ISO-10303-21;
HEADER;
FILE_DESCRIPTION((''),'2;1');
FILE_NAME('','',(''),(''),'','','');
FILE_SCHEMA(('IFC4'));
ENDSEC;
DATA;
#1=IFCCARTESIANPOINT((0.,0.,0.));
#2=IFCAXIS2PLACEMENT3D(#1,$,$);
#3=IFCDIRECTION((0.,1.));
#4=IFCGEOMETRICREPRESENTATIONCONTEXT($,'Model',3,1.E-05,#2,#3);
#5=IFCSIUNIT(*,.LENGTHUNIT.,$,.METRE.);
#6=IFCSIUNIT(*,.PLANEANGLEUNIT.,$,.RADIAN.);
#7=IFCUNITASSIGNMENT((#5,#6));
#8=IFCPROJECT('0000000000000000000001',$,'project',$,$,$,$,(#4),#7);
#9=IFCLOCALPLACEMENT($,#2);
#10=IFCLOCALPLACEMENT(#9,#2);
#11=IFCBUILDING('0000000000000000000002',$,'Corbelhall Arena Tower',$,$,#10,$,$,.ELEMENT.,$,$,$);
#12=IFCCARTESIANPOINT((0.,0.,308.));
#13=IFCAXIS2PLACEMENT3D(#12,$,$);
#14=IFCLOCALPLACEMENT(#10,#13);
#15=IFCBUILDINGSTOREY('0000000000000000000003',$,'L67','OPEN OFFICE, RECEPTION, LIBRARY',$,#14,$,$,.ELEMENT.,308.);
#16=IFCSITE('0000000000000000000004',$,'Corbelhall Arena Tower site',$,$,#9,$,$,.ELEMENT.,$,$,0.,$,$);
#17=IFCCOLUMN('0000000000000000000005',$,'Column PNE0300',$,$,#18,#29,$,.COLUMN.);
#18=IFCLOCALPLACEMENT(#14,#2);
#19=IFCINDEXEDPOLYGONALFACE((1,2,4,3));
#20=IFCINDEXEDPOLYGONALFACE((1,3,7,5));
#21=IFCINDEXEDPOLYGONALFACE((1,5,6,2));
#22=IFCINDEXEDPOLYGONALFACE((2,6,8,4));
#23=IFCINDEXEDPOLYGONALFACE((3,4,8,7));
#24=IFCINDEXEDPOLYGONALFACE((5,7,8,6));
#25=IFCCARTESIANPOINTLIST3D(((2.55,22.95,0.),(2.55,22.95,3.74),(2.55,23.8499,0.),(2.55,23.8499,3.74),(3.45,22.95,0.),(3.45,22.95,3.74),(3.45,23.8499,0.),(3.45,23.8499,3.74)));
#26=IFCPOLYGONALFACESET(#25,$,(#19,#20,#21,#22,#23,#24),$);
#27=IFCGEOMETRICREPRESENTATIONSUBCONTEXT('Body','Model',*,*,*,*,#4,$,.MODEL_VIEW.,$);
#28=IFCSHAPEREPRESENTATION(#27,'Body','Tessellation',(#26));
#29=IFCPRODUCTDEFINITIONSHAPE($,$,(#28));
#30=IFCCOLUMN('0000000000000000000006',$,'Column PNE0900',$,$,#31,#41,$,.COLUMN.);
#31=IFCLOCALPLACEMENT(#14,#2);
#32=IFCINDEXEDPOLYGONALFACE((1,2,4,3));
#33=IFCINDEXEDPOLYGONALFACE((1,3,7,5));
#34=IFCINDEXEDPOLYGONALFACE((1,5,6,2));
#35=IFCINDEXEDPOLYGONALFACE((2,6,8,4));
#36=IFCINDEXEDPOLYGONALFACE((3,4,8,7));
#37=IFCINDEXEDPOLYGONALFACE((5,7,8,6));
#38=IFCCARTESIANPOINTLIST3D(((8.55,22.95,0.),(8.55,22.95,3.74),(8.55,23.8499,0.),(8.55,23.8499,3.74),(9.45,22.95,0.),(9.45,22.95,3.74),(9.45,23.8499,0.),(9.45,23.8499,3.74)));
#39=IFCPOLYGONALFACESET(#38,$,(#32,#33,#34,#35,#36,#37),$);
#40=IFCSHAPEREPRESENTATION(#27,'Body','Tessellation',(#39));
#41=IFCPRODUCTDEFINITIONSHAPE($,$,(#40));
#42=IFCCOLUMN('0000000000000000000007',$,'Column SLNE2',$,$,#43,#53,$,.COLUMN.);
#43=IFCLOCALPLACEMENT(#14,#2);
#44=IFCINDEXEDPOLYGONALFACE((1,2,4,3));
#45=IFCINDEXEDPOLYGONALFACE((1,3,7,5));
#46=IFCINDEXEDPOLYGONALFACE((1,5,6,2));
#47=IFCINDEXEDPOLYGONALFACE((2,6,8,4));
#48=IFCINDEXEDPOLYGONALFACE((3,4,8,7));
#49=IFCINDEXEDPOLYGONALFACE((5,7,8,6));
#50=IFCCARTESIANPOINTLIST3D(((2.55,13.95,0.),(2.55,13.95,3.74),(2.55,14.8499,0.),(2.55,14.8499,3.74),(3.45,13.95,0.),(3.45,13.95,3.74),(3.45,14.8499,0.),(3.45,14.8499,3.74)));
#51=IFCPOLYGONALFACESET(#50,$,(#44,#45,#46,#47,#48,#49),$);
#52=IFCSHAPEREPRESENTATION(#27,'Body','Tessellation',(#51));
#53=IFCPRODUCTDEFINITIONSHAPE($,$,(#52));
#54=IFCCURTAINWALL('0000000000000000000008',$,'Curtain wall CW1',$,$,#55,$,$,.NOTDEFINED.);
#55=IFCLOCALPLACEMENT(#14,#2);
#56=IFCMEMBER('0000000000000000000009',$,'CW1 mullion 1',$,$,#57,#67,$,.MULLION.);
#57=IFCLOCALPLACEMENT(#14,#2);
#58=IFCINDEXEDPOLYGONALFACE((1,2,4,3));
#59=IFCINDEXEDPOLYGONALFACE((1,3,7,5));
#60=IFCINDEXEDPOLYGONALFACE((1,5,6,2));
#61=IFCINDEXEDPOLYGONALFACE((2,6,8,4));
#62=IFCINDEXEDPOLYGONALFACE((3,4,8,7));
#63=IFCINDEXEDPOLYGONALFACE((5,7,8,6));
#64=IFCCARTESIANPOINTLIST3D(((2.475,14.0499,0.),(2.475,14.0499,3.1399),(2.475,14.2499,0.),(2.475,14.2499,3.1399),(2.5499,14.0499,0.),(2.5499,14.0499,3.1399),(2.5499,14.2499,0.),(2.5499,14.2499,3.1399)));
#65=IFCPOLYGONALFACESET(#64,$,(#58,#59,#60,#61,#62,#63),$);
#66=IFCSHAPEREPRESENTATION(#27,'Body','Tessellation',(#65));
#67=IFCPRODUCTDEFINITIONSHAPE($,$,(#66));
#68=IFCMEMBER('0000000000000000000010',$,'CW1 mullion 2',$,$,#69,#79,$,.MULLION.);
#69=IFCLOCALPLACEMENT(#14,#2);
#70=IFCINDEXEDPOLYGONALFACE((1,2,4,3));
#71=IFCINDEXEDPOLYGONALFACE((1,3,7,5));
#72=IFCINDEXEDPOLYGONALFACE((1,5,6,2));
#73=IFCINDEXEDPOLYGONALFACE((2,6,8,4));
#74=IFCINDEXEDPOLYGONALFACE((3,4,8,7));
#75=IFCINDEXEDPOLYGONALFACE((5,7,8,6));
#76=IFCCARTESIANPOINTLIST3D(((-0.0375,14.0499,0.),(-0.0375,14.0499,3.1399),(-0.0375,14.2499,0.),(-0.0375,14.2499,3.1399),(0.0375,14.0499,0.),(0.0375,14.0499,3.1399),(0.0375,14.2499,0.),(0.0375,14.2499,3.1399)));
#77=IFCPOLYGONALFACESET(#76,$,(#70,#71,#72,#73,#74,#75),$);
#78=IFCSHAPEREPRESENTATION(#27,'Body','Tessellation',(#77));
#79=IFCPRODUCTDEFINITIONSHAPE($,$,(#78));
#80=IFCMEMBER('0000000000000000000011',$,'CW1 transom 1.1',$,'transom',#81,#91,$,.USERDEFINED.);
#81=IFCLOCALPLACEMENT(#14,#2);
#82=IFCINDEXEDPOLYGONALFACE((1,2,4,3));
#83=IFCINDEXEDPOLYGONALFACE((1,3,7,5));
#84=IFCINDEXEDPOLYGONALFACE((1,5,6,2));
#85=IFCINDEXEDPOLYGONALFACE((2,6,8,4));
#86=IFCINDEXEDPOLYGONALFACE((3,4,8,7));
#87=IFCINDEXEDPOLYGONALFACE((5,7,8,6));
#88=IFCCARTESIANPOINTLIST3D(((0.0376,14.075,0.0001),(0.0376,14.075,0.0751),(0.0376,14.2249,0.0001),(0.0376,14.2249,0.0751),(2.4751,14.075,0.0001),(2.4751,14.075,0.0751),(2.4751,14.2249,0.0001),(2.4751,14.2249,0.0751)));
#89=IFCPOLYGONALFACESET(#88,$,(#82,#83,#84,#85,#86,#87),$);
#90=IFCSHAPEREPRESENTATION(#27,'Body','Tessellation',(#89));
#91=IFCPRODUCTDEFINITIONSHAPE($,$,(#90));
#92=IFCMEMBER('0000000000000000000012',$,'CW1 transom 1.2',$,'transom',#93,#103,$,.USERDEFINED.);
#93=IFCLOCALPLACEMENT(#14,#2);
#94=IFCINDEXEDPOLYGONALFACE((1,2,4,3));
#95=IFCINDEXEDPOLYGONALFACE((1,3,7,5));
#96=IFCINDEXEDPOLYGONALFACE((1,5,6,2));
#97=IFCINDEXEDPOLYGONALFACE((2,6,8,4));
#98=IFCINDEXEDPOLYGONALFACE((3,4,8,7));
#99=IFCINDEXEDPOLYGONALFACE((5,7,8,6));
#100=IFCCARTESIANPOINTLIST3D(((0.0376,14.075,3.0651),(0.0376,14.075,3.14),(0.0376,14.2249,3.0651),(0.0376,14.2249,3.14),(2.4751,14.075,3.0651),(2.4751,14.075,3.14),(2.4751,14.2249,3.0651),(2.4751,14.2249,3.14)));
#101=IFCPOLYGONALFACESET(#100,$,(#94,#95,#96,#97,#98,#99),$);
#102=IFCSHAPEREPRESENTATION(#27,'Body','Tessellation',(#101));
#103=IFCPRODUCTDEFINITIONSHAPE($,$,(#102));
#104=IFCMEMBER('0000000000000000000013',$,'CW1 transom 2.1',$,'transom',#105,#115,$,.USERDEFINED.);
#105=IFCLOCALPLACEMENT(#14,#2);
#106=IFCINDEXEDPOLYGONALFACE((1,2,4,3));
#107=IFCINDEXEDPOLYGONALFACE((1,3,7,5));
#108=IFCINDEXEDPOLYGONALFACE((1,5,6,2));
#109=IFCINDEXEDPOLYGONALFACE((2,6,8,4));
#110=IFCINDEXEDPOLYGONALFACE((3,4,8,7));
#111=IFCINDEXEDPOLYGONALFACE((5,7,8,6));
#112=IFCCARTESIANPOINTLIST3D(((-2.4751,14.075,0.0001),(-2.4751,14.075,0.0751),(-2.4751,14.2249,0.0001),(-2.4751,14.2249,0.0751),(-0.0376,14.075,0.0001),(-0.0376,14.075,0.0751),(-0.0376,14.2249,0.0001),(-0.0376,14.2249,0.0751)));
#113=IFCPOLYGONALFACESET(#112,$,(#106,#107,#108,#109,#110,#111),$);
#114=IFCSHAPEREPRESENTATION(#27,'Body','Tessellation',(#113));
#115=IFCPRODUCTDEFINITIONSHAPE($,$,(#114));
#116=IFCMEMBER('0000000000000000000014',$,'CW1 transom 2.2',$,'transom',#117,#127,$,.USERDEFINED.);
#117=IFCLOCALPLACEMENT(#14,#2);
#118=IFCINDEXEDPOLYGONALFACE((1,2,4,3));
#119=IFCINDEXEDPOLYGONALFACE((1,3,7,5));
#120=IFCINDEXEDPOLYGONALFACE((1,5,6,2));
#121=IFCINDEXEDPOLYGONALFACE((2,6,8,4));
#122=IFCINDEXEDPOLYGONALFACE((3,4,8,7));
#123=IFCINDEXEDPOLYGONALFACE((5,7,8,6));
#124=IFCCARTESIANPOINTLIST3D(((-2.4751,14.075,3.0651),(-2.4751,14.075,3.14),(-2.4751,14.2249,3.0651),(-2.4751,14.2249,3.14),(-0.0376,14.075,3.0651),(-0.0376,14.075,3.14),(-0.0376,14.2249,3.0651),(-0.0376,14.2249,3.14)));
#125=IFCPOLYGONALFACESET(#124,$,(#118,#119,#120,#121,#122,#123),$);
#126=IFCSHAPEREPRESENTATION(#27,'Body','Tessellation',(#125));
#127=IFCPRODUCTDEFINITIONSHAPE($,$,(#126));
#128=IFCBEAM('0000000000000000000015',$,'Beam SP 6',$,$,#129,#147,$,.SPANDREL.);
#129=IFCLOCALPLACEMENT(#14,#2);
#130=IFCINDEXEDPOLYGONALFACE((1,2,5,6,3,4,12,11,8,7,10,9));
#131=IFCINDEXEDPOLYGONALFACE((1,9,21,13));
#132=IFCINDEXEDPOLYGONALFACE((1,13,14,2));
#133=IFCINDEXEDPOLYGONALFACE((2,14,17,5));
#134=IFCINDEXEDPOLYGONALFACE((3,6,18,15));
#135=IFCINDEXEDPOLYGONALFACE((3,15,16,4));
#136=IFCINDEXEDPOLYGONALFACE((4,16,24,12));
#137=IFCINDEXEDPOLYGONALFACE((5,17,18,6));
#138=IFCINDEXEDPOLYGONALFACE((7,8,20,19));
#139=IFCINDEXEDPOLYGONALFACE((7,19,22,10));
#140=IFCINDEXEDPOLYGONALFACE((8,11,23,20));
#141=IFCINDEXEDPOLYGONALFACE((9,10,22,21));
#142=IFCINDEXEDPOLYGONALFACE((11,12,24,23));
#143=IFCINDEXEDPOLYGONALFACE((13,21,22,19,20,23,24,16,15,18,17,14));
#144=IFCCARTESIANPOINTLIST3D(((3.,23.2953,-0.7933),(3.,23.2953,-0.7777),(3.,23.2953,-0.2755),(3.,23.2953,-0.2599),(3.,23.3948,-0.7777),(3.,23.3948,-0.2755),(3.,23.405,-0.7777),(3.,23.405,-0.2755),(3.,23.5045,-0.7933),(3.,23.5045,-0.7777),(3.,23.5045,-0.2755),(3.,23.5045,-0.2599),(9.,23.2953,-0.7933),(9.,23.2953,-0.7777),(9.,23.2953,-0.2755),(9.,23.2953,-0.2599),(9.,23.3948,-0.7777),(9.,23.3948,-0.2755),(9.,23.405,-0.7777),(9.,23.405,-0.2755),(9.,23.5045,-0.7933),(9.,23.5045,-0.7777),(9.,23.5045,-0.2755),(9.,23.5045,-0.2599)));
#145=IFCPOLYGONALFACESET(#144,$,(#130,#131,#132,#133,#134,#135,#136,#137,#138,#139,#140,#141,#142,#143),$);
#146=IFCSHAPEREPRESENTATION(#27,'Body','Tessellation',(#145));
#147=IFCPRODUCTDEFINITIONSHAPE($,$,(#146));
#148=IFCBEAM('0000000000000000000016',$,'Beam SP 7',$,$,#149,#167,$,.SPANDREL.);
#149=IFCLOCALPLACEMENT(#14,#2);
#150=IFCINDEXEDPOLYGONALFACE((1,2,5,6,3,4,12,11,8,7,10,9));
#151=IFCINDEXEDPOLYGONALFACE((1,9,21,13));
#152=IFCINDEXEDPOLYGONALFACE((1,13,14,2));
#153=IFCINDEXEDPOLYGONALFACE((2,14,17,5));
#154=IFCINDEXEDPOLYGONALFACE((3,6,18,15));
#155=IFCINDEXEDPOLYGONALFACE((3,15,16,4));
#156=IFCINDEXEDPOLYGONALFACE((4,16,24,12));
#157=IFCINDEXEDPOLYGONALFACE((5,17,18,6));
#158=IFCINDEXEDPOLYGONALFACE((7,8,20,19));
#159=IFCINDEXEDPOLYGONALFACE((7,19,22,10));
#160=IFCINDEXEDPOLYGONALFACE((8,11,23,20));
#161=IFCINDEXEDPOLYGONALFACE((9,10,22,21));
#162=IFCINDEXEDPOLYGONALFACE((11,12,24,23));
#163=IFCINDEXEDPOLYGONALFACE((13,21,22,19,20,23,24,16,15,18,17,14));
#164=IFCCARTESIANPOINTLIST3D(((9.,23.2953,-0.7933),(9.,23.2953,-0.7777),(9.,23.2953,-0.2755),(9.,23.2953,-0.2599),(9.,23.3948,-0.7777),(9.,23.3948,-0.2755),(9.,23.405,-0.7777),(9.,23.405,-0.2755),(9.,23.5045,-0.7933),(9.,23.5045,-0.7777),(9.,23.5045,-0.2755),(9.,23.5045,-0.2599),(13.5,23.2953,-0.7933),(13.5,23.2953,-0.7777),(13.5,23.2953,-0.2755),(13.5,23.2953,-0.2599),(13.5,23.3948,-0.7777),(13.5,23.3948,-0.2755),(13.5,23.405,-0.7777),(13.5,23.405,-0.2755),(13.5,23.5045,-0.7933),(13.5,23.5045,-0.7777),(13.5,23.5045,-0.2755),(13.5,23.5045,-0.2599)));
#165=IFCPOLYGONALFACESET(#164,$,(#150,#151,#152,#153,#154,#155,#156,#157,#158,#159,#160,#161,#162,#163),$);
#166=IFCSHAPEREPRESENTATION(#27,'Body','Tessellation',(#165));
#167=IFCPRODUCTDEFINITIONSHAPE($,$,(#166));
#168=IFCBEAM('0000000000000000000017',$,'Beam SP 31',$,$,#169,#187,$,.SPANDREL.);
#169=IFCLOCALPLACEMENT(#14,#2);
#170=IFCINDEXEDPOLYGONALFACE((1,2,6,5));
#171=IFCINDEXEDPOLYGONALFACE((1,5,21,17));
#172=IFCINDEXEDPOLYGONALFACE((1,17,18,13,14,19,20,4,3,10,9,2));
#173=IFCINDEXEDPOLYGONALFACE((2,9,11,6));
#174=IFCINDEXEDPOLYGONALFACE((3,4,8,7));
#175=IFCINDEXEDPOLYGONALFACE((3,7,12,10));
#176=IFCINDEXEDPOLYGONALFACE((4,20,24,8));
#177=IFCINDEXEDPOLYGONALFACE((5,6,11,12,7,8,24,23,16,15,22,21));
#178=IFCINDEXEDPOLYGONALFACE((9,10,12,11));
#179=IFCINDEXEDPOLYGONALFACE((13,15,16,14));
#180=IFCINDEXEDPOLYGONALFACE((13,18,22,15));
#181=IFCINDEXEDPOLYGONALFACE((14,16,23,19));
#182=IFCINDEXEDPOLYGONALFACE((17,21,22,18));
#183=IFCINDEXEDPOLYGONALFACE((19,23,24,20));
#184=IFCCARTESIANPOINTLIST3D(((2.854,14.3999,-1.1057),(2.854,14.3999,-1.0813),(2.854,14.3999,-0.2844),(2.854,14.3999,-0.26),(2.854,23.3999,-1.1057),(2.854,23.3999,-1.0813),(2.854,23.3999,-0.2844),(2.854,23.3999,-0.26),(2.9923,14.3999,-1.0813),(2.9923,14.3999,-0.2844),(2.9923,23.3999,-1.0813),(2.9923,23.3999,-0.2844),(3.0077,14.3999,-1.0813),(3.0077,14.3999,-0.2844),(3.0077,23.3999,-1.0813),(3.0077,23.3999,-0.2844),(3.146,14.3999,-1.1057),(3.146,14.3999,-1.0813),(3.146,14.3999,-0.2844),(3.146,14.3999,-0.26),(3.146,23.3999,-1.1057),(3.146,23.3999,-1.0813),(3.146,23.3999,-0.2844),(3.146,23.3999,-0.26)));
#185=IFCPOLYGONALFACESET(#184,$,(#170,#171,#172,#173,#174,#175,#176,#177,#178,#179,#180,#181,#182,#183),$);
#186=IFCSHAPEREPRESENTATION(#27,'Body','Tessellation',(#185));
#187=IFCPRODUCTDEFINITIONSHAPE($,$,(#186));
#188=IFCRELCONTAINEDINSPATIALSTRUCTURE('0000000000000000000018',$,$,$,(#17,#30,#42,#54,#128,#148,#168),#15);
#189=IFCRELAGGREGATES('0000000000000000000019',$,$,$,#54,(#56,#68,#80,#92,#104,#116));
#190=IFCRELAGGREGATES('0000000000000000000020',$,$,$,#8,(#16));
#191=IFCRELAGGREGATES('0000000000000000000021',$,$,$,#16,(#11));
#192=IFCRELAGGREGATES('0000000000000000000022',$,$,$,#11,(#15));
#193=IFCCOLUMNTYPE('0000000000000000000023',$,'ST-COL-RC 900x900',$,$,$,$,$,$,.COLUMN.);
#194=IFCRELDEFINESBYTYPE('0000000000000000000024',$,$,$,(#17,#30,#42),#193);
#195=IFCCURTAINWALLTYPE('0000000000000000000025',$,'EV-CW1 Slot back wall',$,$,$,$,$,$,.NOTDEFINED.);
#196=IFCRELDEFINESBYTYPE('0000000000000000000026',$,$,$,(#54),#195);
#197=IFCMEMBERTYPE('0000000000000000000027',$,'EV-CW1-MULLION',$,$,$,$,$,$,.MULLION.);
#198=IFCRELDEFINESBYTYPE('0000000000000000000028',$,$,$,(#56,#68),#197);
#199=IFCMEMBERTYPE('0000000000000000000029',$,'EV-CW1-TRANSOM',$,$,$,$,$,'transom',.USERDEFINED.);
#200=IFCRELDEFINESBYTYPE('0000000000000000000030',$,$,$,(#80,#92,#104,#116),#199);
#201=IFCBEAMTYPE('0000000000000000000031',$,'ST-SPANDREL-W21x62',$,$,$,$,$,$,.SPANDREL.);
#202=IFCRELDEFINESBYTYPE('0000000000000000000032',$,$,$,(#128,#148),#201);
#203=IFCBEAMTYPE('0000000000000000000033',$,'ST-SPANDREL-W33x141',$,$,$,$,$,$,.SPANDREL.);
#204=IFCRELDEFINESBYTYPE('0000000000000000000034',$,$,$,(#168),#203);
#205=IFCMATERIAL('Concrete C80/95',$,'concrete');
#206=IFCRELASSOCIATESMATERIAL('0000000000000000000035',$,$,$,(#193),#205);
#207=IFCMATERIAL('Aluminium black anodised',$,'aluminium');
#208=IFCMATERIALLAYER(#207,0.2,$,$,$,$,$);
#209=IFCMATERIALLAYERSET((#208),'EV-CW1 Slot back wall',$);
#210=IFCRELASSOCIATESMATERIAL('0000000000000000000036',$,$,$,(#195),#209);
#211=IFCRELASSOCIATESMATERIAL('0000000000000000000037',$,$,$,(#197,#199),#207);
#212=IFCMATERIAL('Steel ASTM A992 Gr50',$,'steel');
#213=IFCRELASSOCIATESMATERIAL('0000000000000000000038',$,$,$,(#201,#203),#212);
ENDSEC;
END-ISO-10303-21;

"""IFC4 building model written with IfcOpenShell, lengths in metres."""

from ifc_helpers import new_model, si_unit, direction, frame, origin, origin_2d, place, context, subcontext, project, spatial, rectangle, i_section, extrude, material, layer, layer_set, material_profile, profile_set, type_object, element, aggregate, save


model = new_model("IFC4")

# Units and contexts
model_context = context("Model", 3, precision=1e-05, world=origin(), true_north=direction((0.0, 1.0)))
body_context = subcontext(model_context, "Body", "Model", "MODEL_VIEW")
ifc_project = project(units=[si_unit("LENGTHUNIT", "METRE"), si_unit("PLANEANGLEUNIT", "RADIAN")], contexts=[model_context])

# Site, building, storey
site_placement = place(None, origin())
site = spatial("IfcSite", under=ifc_project, at=site_placement, Name="Corbelhall Arena Tower site", CompositionType="ELEMENT", RefElevation=0.0)
building_placement = place(site_placement, origin())
building = spatial("IfcBuilding", under=site, at=building_placement, Name="Corbelhall Arena Tower", CompositionType="ELEMENT")
storey_placement = place(building_placement, frame((0.0, 0.0, 308.0)))
storey = spatial("IfcBuildingStorey", under=building, at=storey_placement, Name="L67", Description="OPEN OFFICE, RECEPTION, LIBRARY", CompositionType="ELEMENT", Elevation=308.0)

# Columns
ifc_material_1 = material(Name="Concrete C80/95", Category="concrete")
ifc_material_profile_1 = material_profile(ifc_material_1, rectangle(XDim=0.8999, YDim=0.8999, at=origin_2d()))
ifc_profile_set_1 = profile_set([ifc_material_profile_1], Name="Concrete C80/95")
column_type = type_object("IfcColumnType", Name="ST-COL-RC 900x900", PredefinedType="COLUMN", material=ifc_profile_set_1)
for number, where, z_axis, x_axis, name in (
    (1, (3.0, 23.3999, 0.0), (0.0, 0.0, 1.0), (1.0, 0.0, 0.0), "Column PNE0300"),
    (2, (9.0, 23.3999, 0.0), (0.0, 0.0, 1.0), (1.0, 0.0, 0.0), "Column PNE0900"),
    (3, (3.0, 14.3999, 0.0), (0.0, 0.0, 1.0), (1.0, 0.0, 0.0), "Column SLNE2"),
):
    element("IfcColumn", number, at=place(storey_placement, frame(where, z_axis=z_axis, x_axis=x_axis)), inside=storey, type_object=column_type, Name=name, PredefinedType="COLUMN", context=body_context, shape_type="SweptSolid", body=[
        extrude(rectangle(XDim=0.8999, YDim=0.8999, at=origin_2d()), origin(), (0.0, 0.0, 1.0), 3.74),
    ])

# Curtain wall, members
ifc_material_2 = material(Name="Aluminium black anodised", Category="aluminium")
ifc_layer_1 = layer(ifc_material_2, 0.2)
ifc_layer_set_1 = layer_set([ifc_layer_1], Name="EV-CW1 Slot back wall")
curtain_wall_type = type_object("IfcCurtainWallType", Name="EV-CW1 Slot back wall", PredefinedType="NOTDEFINED", material=ifc_layer_set_1)
curtain_wall_placement = place(storey_placement, origin())
curtain_wall = element("IfcCurtainWall", 4, at=curtain_wall_placement, inside=storey, type_object=curtain_wall_type, Name="Curtain wall CW1", PredefinedType="NOTDEFINED")
ifc_material_profile_2 = material_profile(ifc_material_2, rectangle(XDim=0.2, YDim=0.075, at=origin_2d()))
ifc_profile_set_2 = profile_set([ifc_material_profile_2], Name="Aluminium black anodised")
member_type_1 = type_object("IfcMemberType", Name="EV-CW1-MULLION", PredefinedType="MULLION", material=ifc_profile_set_2)
member_1_placement = place(storey_placement, frame((2.5125, 14.1499, 0.0), z_axis=(0.0, 0.0, 1.0), x_axis=(0.0, -1.0, 0.0)))
member_1 = element("IfcMember", 5, at=member_1_placement, type_object=member_type_1, Name="CW1 mullion 1", PredefinedType="MULLION", context=body_context, shape_type="SweptSolid", body=[
    extrude(rectangle(XDim=0.2, YDim=0.075, at=origin_2d()), origin(), (0.0, 0.0, 1.0), 3.1399),
])
member_2_placement = place(storey_placement, frame((0.0, 14.1499, 0.0), z_axis=(0.0, 0.0, 1.0), x_axis=(0.0, -1.0, 0.0)))
member_2 = element("IfcMember", 6, at=member_2_placement, type_object=member_type_1, Name="CW1 mullion 2", PredefinedType="MULLION", context=body_context, shape_type="SweptSolid", body=[
    extrude(rectangle(XDim=0.2, YDim=0.075, at=origin_2d()), origin(), (0.0, 0.0, 1.0), 3.1399),
])
ifc_material_profile_3 = material_profile(ifc_material_2, rectangle(XDim=0.1499, YDim=0.075, at=origin_2d()))
ifc_profile_set_3 = profile_set([ifc_material_profile_3], Name="Aluminium black anodised")
member_type_2 = type_object("IfcMemberType", Name="EV-CW1-TRANSOM", ElementType="transom", PredefinedType="USERDEFINED", material=ifc_profile_set_3)
member_3_placement = place(storey_placement, frame((2.4751, 14.1499, 0.0376), z_axis=(-1.0, 0.0, 0.0), x_axis=(0.0, -1.0, 0.0)))
member_3 = element("IfcMember", 7, at=member_3_placement, type_object=member_type_2, Name="CW1 transom 1.1", ObjectType="transom", PredefinedType="USERDEFINED", context=body_context, shape_type="SweptSolid", body=[
    extrude(rectangle(XDim=0.1499, YDim=0.075, at=origin_2d()), origin(), (0.0, 0.0, 1.0), 2.4375),
])
member_4_placement = place(storey_placement, frame((2.4751, 14.1499, 3.1025), z_axis=(-1.0, 0.0, 0.0), x_axis=(0.0, -1.0, 0.0)))
member_4 = element("IfcMember", 8, at=member_4_placement, type_object=member_type_2, Name="CW1 transom 1.2", ObjectType="transom", PredefinedType="USERDEFINED", context=body_context, shape_type="SweptSolid", body=[
    extrude(rectangle(XDim=0.1499, YDim=0.075, at=origin_2d()), origin(), (0.0, 0.0, 1.0), 2.4375),
])
member_5_placement = place(storey_placement, frame((-0.0376, 14.1499, 0.0376), z_axis=(-1.0, 0.0, 0.0), x_axis=(0.0, -1.0, 0.0)))
member_5 = element("IfcMember", 9, at=member_5_placement, type_object=member_type_2, Name="CW1 transom 2.1", ObjectType="transom", PredefinedType="USERDEFINED", context=body_context, shape_type="SweptSolid", body=[
    extrude(rectangle(XDim=0.1499, YDim=0.075, at=origin_2d()), origin(), (0.0, 0.0, 1.0), 2.4375),
])
member_6_placement = place(storey_placement, frame((-0.0376, 14.1499, 3.1025), z_axis=(-1.0, 0.0, 0.0), x_axis=(0.0, -1.0, 0.0)))
member_6 = element("IfcMember", 10, at=member_6_placement, type_object=member_type_2, Name="CW1 transom 2.2", ObjectType="transom", PredefinedType="USERDEFINED", context=body_context, shape_type="SweptSolid", body=[
    extrude(rectangle(XDim=0.1499, YDim=0.075, at=origin_2d()), origin(), (0.0, 0.0, 1.0), 2.4375),
])

# Beams
ifc_material_3 = material(Name="Steel ASTM A992 Gr50", Category="steel")
ifc_material_profile_4 = material_profile(ifc_material_3, i_section(OverallWidth=0.2092, OverallDepth=0.5334, WebThickness=0.0103, FlangeThickness=0.0156, at=origin_2d()))
ifc_profile_set_4 = profile_set([ifc_material_profile_4], Name="Steel ASTM A992 Gr50")
beam_type_1 = type_object("IfcBeamType", Name="ST-SPANDREL-W21x62", PredefinedType="SPANDREL", material=ifc_profile_set_4)
beam_1_placement = place(storey_placement, frame((3.0, 23.3999, -0.5266), z_axis=(1.0, 0.0, 0.0), x_axis=(0.0, 1.0, 0.0)))
element("IfcBeam", 11, at=beam_1_placement, inside=storey, type_object=beam_type_1, Name="Beam SP 6", PredefinedType="SPANDREL", context=body_context, shape_type="SweptSolid", body=[
    extrude(i_section(OverallWidth=0.2092, OverallDepth=0.5334, WebThickness=0.0103, FlangeThickness=0.0156, at=origin_2d()), origin(), (0.0, 0.0, 1.0), 6.0),
])
beam_2_placement = place(storey_placement, frame((9.0, 23.3999, -0.5266), z_axis=(1.0, 0.0, 0.0), x_axis=(0.0, 1.0, 0.0)))
element("IfcBeam", 12, at=beam_2_placement, inside=storey, type_object=beam_type_1, Name="Beam SP 7", PredefinedType="SPANDREL", context=body_context, shape_type="SweptSolid", body=[
    extrude(i_section(OverallWidth=0.2092, OverallDepth=0.5334, WebThickness=0.0103, FlangeThickness=0.0156, at=origin_2d()), origin(), (0.0, 0.0, 1.0), 4.5),
])
ifc_material_profile_5 = material_profile(ifc_material_3, i_section(OverallWidth=0.292, OverallDepth=0.8457, WebThickness=0.0154, FlangeThickness=0.0244, at=origin_2d()))
ifc_profile_set_5 = profile_set([ifc_material_profile_5], Name="Steel ASTM A992 Gr50")
beam_type_2 = type_object("IfcBeamType", Name="ST-SPANDREL-W33x141", PredefinedType="SPANDREL", material=ifc_profile_set_5)
beam_3_placement = place(storey_placement, frame((3.0, 14.3999, -0.6829), z_axis=(0.0, 1.0, 0.0), x_axis=(-1.0, 0.0, 0.0)))
element("IfcBeam", 13, at=beam_3_placement, inside=storey, type_object=beam_type_2, Name="Beam SP 31", PredefinedType="SPANDREL", context=body_context, shape_type="SweptSolid", body=[
    extrude(i_section(OverallWidth=0.292, OverallDepth=0.8457, WebThickness=0.0154, FlangeThickness=0.0244, at=origin_2d()), origin(), (0.0, 0.0, 1.0), 9.0),
])

aggregate(curtain_wall, [member_1, member_2, member_3, member_4, member_5, member_6])

save(model, "model.ifc")
